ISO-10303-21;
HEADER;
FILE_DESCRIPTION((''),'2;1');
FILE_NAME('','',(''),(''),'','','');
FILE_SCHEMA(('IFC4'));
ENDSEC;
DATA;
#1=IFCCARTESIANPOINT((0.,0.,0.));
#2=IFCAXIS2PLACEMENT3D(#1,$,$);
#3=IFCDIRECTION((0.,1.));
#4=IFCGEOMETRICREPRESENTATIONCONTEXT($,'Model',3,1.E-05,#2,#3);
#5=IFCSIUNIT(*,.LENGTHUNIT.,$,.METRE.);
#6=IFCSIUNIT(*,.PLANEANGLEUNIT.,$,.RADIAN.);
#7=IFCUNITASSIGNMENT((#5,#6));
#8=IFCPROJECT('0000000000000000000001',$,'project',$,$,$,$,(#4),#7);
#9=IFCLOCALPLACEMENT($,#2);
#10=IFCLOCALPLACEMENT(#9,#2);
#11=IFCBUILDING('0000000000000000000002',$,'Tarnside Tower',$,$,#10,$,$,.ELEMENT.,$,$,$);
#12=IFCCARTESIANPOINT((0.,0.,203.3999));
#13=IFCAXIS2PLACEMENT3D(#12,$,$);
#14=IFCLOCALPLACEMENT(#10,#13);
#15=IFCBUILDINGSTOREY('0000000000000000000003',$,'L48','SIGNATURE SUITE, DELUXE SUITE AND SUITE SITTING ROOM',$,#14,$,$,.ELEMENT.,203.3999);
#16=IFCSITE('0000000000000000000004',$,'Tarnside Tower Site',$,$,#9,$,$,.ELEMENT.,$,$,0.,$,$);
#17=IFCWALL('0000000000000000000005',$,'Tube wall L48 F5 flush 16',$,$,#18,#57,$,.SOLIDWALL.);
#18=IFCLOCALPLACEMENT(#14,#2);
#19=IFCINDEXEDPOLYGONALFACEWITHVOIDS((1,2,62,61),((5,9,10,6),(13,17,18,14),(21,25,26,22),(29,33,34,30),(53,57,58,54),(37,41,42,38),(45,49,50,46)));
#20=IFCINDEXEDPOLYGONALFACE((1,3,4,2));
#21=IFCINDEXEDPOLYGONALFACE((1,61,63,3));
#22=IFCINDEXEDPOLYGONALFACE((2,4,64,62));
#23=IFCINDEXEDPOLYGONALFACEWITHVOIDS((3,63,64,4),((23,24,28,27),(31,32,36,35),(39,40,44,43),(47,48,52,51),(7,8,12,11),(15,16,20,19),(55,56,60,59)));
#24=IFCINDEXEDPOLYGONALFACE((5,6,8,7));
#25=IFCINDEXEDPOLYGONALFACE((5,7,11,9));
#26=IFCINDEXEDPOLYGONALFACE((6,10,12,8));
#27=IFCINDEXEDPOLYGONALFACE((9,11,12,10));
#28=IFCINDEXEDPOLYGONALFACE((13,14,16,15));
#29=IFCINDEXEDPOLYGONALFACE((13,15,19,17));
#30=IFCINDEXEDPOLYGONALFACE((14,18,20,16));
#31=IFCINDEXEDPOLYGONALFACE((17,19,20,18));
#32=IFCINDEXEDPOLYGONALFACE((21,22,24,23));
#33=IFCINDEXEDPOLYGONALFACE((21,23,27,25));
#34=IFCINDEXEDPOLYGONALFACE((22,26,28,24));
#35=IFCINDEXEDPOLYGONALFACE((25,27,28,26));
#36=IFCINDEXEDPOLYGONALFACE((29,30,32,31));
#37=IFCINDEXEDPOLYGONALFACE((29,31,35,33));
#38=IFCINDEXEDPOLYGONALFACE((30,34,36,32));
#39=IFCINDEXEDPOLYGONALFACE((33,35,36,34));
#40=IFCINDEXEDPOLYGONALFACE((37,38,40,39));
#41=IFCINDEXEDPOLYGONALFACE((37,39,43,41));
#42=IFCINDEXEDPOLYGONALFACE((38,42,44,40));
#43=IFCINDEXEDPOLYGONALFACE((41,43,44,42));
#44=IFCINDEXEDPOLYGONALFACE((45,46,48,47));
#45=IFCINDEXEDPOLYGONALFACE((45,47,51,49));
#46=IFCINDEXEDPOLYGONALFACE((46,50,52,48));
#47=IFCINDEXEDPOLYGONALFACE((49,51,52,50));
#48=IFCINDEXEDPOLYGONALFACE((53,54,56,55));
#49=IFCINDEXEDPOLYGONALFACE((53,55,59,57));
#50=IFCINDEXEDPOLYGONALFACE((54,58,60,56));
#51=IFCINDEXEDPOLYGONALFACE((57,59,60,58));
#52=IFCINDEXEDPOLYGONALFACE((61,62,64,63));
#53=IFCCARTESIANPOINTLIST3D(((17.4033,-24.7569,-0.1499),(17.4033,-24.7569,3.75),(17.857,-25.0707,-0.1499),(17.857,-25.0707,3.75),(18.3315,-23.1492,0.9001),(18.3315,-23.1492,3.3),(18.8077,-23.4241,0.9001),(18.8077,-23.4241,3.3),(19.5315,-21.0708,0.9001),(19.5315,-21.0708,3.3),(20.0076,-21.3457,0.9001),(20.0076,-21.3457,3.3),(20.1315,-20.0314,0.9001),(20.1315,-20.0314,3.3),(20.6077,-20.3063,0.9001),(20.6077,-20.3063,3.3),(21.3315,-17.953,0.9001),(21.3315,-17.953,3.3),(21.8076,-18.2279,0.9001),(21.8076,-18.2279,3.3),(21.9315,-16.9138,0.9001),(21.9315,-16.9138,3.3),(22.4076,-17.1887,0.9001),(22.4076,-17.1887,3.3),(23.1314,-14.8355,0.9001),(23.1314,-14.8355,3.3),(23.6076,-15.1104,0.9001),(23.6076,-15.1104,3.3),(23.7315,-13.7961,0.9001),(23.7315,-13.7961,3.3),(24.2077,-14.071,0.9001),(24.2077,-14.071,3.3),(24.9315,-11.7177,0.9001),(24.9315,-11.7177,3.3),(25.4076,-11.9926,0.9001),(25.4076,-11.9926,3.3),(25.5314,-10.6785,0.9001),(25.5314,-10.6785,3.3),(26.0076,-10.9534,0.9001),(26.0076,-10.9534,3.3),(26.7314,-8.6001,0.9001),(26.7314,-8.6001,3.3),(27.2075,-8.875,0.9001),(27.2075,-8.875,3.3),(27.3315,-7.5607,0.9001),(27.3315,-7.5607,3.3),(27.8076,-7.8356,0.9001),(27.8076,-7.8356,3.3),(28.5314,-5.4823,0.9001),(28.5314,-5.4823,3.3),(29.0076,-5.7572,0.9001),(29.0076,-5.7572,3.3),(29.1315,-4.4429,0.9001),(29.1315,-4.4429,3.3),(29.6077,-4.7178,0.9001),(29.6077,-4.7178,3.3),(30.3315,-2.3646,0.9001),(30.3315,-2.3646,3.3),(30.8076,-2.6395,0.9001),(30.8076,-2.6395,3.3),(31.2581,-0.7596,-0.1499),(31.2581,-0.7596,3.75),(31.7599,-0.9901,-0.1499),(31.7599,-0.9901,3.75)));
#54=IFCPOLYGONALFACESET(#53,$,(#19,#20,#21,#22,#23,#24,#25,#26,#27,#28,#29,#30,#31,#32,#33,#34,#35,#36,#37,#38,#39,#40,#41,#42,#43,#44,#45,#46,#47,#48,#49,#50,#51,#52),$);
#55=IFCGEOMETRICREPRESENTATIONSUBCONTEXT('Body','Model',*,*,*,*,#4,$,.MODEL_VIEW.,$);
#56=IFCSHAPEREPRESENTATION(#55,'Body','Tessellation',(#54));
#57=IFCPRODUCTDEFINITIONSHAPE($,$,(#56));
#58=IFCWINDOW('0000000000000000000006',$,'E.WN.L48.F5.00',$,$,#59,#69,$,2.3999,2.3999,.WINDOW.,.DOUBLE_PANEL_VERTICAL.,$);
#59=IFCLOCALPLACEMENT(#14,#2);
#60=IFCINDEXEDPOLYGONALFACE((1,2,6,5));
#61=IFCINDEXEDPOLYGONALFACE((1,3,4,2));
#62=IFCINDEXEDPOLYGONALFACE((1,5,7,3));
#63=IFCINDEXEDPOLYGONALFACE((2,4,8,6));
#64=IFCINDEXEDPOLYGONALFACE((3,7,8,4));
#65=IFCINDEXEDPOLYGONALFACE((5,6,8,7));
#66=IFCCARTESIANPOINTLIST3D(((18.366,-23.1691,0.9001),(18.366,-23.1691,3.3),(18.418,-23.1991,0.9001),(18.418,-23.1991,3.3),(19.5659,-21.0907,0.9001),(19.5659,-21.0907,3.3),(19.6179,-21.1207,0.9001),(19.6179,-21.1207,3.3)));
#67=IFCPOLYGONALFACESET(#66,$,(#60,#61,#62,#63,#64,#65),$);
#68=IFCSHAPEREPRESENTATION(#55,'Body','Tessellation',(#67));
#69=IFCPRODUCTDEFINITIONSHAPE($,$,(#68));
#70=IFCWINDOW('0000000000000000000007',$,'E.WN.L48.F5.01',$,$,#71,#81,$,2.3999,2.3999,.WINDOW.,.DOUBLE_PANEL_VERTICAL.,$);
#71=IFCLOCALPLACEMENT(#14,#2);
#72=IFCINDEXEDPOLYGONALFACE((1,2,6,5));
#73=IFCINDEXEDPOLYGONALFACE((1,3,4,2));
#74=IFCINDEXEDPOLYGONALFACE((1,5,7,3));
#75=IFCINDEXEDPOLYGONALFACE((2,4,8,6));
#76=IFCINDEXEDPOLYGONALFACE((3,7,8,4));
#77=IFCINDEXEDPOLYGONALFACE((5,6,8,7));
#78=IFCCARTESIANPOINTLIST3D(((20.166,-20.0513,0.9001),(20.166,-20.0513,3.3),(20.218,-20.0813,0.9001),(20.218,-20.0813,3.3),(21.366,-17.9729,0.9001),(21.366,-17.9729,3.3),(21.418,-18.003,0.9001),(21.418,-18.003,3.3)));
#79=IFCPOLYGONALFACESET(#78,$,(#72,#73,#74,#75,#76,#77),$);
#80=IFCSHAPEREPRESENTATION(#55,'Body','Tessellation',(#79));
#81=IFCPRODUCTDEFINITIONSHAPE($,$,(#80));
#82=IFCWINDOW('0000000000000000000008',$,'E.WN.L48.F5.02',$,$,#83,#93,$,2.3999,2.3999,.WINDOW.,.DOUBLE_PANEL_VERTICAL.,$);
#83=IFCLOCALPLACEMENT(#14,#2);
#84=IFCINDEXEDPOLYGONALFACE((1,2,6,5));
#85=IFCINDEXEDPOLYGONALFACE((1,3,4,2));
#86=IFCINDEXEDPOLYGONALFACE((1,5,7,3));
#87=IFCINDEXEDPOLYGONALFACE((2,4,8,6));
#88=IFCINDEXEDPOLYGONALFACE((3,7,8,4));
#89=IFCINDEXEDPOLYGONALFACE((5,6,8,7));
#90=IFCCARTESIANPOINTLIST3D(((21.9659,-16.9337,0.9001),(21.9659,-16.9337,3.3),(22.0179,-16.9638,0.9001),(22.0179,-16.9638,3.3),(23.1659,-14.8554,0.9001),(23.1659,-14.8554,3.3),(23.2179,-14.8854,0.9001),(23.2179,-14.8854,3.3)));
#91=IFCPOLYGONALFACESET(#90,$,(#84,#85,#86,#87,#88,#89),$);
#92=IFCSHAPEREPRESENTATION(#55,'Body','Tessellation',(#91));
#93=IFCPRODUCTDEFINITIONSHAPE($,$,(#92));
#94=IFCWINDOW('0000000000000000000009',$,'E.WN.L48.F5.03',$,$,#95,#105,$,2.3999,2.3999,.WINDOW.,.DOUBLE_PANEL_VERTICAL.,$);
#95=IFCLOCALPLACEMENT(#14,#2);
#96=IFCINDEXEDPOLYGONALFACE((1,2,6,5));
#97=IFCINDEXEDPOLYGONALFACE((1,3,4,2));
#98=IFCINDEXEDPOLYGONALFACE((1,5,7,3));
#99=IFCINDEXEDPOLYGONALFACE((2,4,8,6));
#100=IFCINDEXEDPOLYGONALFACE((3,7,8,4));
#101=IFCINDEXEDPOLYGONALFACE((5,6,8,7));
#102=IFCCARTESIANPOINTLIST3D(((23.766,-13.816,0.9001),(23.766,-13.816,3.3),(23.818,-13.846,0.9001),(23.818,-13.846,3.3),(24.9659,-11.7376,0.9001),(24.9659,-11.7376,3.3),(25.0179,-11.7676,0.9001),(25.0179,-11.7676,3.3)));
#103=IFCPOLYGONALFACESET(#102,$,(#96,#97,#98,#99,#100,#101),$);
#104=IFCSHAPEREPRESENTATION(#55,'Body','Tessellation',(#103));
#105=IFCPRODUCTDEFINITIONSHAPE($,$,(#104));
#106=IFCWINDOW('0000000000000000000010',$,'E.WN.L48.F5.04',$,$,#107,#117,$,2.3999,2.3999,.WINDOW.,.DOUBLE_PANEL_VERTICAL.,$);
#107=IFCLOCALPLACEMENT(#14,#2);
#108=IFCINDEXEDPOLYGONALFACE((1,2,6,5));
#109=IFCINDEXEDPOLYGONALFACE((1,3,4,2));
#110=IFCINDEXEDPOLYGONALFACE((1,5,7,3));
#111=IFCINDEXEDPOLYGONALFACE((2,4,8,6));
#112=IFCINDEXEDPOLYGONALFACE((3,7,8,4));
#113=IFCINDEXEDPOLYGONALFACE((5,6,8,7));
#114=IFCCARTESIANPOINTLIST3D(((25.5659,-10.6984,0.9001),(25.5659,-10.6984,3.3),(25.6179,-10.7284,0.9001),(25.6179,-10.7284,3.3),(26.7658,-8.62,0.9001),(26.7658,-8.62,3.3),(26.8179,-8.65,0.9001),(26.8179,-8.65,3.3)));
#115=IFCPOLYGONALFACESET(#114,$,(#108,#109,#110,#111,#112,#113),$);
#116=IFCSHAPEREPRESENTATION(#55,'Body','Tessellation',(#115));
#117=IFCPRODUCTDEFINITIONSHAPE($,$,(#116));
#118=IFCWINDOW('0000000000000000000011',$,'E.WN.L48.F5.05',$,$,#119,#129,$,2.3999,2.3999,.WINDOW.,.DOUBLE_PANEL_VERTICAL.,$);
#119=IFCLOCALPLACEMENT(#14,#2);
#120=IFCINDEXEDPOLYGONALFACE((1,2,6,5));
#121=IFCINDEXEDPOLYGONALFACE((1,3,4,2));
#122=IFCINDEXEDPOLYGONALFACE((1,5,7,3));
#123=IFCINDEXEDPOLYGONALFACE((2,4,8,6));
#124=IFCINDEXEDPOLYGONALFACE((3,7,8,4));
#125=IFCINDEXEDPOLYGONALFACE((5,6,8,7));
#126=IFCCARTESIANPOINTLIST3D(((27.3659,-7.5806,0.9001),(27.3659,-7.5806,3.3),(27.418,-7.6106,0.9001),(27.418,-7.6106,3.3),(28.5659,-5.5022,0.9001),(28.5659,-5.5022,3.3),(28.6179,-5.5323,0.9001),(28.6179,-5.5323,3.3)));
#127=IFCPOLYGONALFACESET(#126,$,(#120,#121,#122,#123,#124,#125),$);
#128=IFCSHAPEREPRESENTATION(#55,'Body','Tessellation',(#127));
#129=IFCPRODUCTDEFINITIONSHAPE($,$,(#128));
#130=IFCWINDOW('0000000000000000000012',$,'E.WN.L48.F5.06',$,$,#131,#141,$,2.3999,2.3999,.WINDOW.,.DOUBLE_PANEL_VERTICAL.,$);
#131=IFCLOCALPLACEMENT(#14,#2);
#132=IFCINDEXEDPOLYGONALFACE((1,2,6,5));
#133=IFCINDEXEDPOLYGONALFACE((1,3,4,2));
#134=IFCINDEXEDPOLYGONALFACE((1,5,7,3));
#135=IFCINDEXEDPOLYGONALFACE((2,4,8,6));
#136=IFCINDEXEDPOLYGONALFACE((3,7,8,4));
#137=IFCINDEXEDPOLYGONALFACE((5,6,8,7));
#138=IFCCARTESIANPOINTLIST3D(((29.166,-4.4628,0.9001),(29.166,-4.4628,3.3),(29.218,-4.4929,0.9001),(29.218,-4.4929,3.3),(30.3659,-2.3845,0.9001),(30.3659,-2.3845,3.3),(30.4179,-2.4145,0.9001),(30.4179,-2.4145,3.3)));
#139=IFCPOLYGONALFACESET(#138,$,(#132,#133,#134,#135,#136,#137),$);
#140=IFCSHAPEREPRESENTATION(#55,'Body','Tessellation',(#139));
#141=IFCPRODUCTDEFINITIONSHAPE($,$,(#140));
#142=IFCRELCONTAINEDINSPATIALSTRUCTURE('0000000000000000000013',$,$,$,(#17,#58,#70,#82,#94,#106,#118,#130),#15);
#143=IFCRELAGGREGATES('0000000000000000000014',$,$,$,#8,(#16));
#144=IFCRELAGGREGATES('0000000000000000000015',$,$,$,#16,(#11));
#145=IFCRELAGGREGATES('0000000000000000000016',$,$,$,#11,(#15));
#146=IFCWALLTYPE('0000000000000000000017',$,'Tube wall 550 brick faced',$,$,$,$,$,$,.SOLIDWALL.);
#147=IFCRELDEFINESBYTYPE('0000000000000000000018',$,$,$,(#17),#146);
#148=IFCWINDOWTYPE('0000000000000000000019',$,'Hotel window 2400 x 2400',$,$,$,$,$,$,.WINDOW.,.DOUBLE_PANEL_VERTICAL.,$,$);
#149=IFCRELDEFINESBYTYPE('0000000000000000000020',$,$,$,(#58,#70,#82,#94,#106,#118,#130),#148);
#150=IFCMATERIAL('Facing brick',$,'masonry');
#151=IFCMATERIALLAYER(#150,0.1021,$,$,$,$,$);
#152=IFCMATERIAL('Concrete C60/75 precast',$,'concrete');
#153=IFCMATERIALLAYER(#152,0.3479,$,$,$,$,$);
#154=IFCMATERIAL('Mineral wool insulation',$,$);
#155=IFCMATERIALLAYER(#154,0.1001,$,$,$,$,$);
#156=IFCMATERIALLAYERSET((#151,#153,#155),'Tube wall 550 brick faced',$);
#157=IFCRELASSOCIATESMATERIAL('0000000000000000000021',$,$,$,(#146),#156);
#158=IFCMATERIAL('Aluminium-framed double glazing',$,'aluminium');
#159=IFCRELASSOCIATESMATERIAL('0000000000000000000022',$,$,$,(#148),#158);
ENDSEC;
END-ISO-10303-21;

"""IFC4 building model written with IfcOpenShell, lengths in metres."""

from ifc_helpers import new_model, si_unit, direction, frame, frame_2d, origin, place, context, subcontext, project, spatial, polyline, rectangle, outline, extrude, material, layer, layer_set, type_object, element, fill, save


model = new_model("IFC4")

# Units and contexts
model_context = context("Model", 3, precision=1e-05, world=origin(), true_north=direction((0.0, 1.0)))
body_context = subcontext(model_context, "Body", "Model", "MODEL_VIEW")
ifc_project = project(units=[si_unit("LENGTHUNIT", "METRE"), si_unit("PLANEANGLEUNIT", "RADIAN")], contexts=[model_context])

# Site, building, storey
site_placement = place(None, origin())
site = spatial("IfcSite", under=ifc_project, at=site_placement, Name="Tarnside Tower Site", CompositionType="ELEMENT", RefElevation=0.0)
building_placement = place(site_placement, origin())
building = spatial("IfcBuilding", under=site, at=building_placement, Name="Tarnside Tower", CompositionType="ELEMENT")
storey_placement = place(building_placement, frame((0.0, 0.0, 203.3999)))
storey = spatial("IfcBuildingStorey", under=building, at=storey_placement, Name="L48", Description="SIGNATURE SUITE, DELUXE SUITE AND SUITE SITTING ROOM", CompositionType="ELEMENT", Elevation=203.3999)

# Shared definitions
ifc_material_1 = material(Name="Facing brick", Category="masonry")
ifc_layer_1 = layer(ifc_material_1, 0.1021)
ifc_material_2 = material(Name="Concrete C60/75 precast", Category="concrete")
ifc_layer_2 = layer(ifc_material_2, 0.3479)
ifc_material_3 = material(Name="Mineral wool insulation")
ifc_layer_3 = layer(ifc_material_3, 0.1001)
ifc_layer_set_1 = layer_set([ifc_layer_1, ifc_layer_2, ifc_layer_3], Name="Tube wall 550 brick faced")
wall_type_1 = type_object("IfcWallType", Name="Tube wall 550 brick faced", PredefinedType="SOLIDWALL", material=ifc_layer_set_1)

# Wall, openings, windows
wall_1_placement = place(storey_placement, frame((17.6301, -24.9138, -0.1499), z_axis=(0.0, 0.0, 1.0), x_axis=(0.499999, 0.866026, 0.0)))
wall_1 = element("IfcWall", 1, at=wall_1_placement, inside=storey, type_object=wall_type_1, Name="Tube wall L48 F5 flush 16", PredefinedType="SOLIDWALL", context=body_context, shape_type="SweptSolid", body=[
    extrude(outline(polyline([(-0.0225, -0.2749), (27.7834, -0.2749), (27.7322, 0.2749), (0.0225, 0.2749), (-0.0225, -0.2749)])), origin(), (0.0, 0.0, 1.0), 3.8999),
])
opening_1_placement = place(wall_1_placement, frame((1.8789, 0.0, 1.05)))
opening_1 = element("IfcOpeningElement", 2, at=opening_1_placement, cuts=wall_1, PredefinedType="OPENING", context=body_context, shape_type="SweptSolid", body=[
    extrude(rectangle(XDim=2.3999, YDim=2.3999, at=frame_2d((1.2, 1.2))), frame((0.0, 0.2852, 0.0), z_axis=(0.0, -1.0, 0.0), x_axis=(1.0, 0.0, 0.0)), (0.0, 0.0, 1.0), 0.5701),
])
opening_2_placement = place(wall_1_placement, frame((5.479, 0.0, 1.05)))
opening_2 = element("IfcOpeningElement", 3, at=opening_2_placement, cuts=wall_1, PredefinedType="OPENING", context=body_context, shape_type="SweptSolid", body=[
    extrude(rectangle(XDim=2.3999, YDim=2.3999, at=frame_2d((1.2, 1.2))), frame((0.0, 0.2852, 0.0), z_axis=(0.0, -1.0, 0.0), x_axis=(1.0, 0.0, 0.0)), (0.0, 0.0, 1.0), 0.5701),
])
opening_3_placement = place(wall_1_placement, frame((9.0789, 0.0, 1.05)))
opening_3 = element("IfcOpeningElement", 4, at=opening_3_placement, cuts=wall_1, PredefinedType="OPENING", context=body_context, shape_type="SweptSolid", body=[
    extrude(rectangle(XDim=2.3999, YDim=2.3999, at=frame_2d((1.2, 1.2))), frame((0.0, 0.2852, 0.0), z_axis=(0.0, -1.0, 0.0), x_axis=(1.0, 0.0, 0.0)), (0.0, 0.0, 1.0), 0.5701),
])
opening_4_placement = place(wall_1_placement, frame((12.679, 0.0, 1.05)))
opening_4 = element("IfcOpeningElement", 5, at=opening_4_placement, cuts=wall_1, PredefinedType="OPENING", context=body_context, shape_type="SweptSolid", body=[
    extrude(rectangle(XDim=2.3999, YDim=2.3999, at=frame_2d((1.2, 1.2))), frame((0.0, 0.2852, 0.0), z_axis=(0.0, -1.0, 0.0), x_axis=(1.0, 0.0, 0.0)), (0.0, 0.0, 1.0), 0.5701),
])
opening_5_placement = place(wall_1_placement, frame((16.2788, 0.0, 1.05)))
opening_5 = element("IfcOpeningElement", 6, at=opening_5_placement, cuts=wall_1, PredefinedType="OPENING", context=body_context, shape_type="SweptSolid", body=[
    extrude(rectangle(XDim=2.3999, YDim=2.3999, at=frame_2d((1.2, 1.2))), frame((0.0, 0.2852, 0.0), z_axis=(0.0, -1.0, 0.0), x_axis=(1.0, 0.0, 0.0)), (0.0, 0.0, 1.0), 0.5701),
])
opening_6_placement = place(wall_1_placement, frame((19.8789, 0.0, 1.05)))
opening_6 = element("IfcOpeningElement", 7, at=opening_6_placement, cuts=wall_1, PredefinedType="OPENING", context=body_context, shape_type="SweptSolid", body=[
    extrude(rectangle(XDim=2.3999, YDim=2.3999, at=frame_2d((1.2, 1.2))), frame((0.0, 0.2852, 0.0), z_axis=(0.0, -1.0, 0.0), x_axis=(1.0, 0.0, 0.0)), (0.0, 0.0, 1.0), 0.5701),
])
opening_7_placement = place(wall_1_placement, frame((23.479, 0.0, 1.05)))
opening_7 = element("IfcOpeningElement", 8, at=opening_7_placement, cuts=wall_1, PredefinedType="OPENING", context=body_context, shape_type="SweptSolid", body=[
    extrude(rectangle(XDim=2.3999, YDim=2.3999, at=frame_2d((1.2, 1.2))), frame((0.0, 0.2852, 0.0), z_axis=(0.0, -1.0, 0.0), x_axis=(1.0, 0.0, 0.0)), (0.0, 0.0, 1.0), 0.5701),
])
ifc_material_4 = material(Name="Aluminium-framed double glazing", Category="aluminium")
window_type = type_object("IfcWindowType", Name="Hotel window 2400 x 2400", PartitioningType="DOUBLE_PANEL_VERTICAL", PredefinedType="WINDOW", material=ifc_material_4)
window_1_placement = place(opening_1_placement, frame((0.0, 0.2051, 0.0)))
window_1 = element("IfcWindow", 9, at=window_1_placement, inside=storey, type_object=window_type, Name="E.WN.L48.F5.00", OverallHeight=2.3999, OverallWidth=2.3999, PartitioningType="DOUBLE_PANEL_VERTICAL", PredefinedType="WINDOW", context=body_context, shape_type="SweptSolid", body=[
    extrude(rectangle(XDim=2.3999, YDim=2.3999, at=frame_2d((1.2, 1.2))), frame((0.0, 0.03, 0.0), z_axis=(0.0, -1.0, 0.0), x_axis=(1.0, 0.0, 0.0)), (0.0, 0.0, 1.0), 0.0601),
])
fill(opening_1, window_1)
window_2_placement = place(opening_2_placement, frame((0.0, 0.2051, 0.0)))
window_2 = element("IfcWindow", 10, at=window_2_placement, inside=storey, type_object=window_type, Name="E.WN.L48.F5.01", OverallHeight=2.3999, OverallWidth=2.3999, PartitioningType="DOUBLE_PANEL_VERTICAL", PredefinedType="WINDOW", context=body_context, shape_type="SweptSolid", body=[
    extrude(rectangle(XDim=2.3999, YDim=2.3999, at=frame_2d((1.2, 1.2))), frame((0.0, 0.03, 0.0), z_axis=(0.0, -1.0, 0.0), x_axis=(1.0, 0.0, 0.0)), (0.0, 0.0, 1.0), 0.0601),
])
fill(opening_2, window_2)
window_3_placement = place(opening_3_placement, frame((0.0, 0.2051, 0.0)))
window_3 = element("IfcWindow", 11, at=window_3_placement, inside=storey, type_object=window_type, Name="E.WN.L48.F5.02", OverallHeight=2.3999, OverallWidth=2.3999, PartitioningType="DOUBLE_PANEL_VERTICAL", PredefinedType="WINDOW", context=body_context, shape_type="SweptSolid", body=[
    extrude(rectangle(XDim=2.3999, YDim=2.3999, at=frame_2d((1.2, 1.2))), frame((0.0, 0.03, 0.0), z_axis=(0.0, -1.0, 0.0), x_axis=(1.0, 0.0, 0.0)), (0.0, 0.0, 1.0), 0.0601),
])
fill(opening_3, window_3)
window_4_placement = place(opening_4_placement, frame((0.0, 0.2051, 0.0)))
window_4 = element("IfcWindow", 12, at=window_4_placement, inside=storey, type_object=window_type, Name="E.WN.L48.F5.03", OverallHeight=2.3999, OverallWidth=2.3999, PartitioningType="DOUBLE_PANEL_VERTICAL", PredefinedType="WINDOW", context=body_context, shape_type="SweptSolid", body=[
    extrude(rectangle(XDim=2.3999, YDim=2.3999, at=frame_2d((1.2, 1.2))), frame((0.0, 0.03, 0.0), z_axis=(0.0, -1.0, 0.0), x_axis=(1.0, 0.0, 0.0)), (0.0, 0.0, 1.0), 0.0601),
])
fill(opening_4, window_4)
window_5_placement = place(opening_5_placement, frame((0.0, 0.2051, 0.0)))
window_5 = element("IfcWindow", 13, at=window_5_placement, inside=storey, type_object=window_type, Name="E.WN.L48.F5.04", OverallHeight=2.3999, OverallWidth=2.3999, PartitioningType="DOUBLE_PANEL_VERTICAL", PredefinedType="WINDOW", context=body_context, shape_type="SweptSolid", body=[
    extrude(rectangle(XDim=2.3999, YDim=2.3999, at=frame_2d((1.2, 1.2))), frame((0.0, 0.03, 0.0), z_axis=(0.0, -1.0, 0.0), x_axis=(1.0, 0.0, 0.0)), (0.0, 0.0, 1.0), 0.0601),
])
fill(opening_5, window_5)
window_6_placement = place(opening_6_placement, frame((0.0, 0.2051, 0.0)))
window_6 = element("IfcWindow", 14, at=window_6_placement, inside=storey, type_object=window_type, Name="E.WN.L48.F5.05", OverallHeight=2.3999, OverallWidth=2.3999, PartitioningType="DOUBLE_PANEL_VERTICAL", PredefinedType="WINDOW", context=body_context, shape_type="SweptSolid", body=[
    extrude(rectangle(XDim=2.3999, YDim=2.3999, at=frame_2d((1.2, 1.2))), frame((0.0, 0.03, 0.0), z_axis=(0.0, -1.0, 0.0), x_axis=(1.0, 0.0, 0.0)), (0.0, 0.0, 1.0), 0.0601),
])
fill(opening_6, window_6)
window_7_placement = place(opening_7_placement, frame((0.0, 0.2051, 0.0)))
window_7 = element("IfcWindow", 15, at=window_7_placement, inside=storey, type_object=window_type, Name="E.WN.L48.F5.06", OverallHeight=2.3999, OverallWidth=2.3999, PartitioningType="DOUBLE_PANEL_VERTICAL", PredefinedType="WINDOW", context=body_context, shape_type="SweptSolid", body=[
    extrude(rectangle(XDim=2.3999, YDim=2.3999, at=frame_2d((1.2, 1.2))), frame((0.0, 0.03, 0.0), z_axis=(0.0, -1.0, 0.0), x_axis=(1.0, 0.0, 0.0)), (0.0, 0.0, 1.0), 0.0601),
])
fill(opening_7, window_7)

save(model, "model.ifc")
